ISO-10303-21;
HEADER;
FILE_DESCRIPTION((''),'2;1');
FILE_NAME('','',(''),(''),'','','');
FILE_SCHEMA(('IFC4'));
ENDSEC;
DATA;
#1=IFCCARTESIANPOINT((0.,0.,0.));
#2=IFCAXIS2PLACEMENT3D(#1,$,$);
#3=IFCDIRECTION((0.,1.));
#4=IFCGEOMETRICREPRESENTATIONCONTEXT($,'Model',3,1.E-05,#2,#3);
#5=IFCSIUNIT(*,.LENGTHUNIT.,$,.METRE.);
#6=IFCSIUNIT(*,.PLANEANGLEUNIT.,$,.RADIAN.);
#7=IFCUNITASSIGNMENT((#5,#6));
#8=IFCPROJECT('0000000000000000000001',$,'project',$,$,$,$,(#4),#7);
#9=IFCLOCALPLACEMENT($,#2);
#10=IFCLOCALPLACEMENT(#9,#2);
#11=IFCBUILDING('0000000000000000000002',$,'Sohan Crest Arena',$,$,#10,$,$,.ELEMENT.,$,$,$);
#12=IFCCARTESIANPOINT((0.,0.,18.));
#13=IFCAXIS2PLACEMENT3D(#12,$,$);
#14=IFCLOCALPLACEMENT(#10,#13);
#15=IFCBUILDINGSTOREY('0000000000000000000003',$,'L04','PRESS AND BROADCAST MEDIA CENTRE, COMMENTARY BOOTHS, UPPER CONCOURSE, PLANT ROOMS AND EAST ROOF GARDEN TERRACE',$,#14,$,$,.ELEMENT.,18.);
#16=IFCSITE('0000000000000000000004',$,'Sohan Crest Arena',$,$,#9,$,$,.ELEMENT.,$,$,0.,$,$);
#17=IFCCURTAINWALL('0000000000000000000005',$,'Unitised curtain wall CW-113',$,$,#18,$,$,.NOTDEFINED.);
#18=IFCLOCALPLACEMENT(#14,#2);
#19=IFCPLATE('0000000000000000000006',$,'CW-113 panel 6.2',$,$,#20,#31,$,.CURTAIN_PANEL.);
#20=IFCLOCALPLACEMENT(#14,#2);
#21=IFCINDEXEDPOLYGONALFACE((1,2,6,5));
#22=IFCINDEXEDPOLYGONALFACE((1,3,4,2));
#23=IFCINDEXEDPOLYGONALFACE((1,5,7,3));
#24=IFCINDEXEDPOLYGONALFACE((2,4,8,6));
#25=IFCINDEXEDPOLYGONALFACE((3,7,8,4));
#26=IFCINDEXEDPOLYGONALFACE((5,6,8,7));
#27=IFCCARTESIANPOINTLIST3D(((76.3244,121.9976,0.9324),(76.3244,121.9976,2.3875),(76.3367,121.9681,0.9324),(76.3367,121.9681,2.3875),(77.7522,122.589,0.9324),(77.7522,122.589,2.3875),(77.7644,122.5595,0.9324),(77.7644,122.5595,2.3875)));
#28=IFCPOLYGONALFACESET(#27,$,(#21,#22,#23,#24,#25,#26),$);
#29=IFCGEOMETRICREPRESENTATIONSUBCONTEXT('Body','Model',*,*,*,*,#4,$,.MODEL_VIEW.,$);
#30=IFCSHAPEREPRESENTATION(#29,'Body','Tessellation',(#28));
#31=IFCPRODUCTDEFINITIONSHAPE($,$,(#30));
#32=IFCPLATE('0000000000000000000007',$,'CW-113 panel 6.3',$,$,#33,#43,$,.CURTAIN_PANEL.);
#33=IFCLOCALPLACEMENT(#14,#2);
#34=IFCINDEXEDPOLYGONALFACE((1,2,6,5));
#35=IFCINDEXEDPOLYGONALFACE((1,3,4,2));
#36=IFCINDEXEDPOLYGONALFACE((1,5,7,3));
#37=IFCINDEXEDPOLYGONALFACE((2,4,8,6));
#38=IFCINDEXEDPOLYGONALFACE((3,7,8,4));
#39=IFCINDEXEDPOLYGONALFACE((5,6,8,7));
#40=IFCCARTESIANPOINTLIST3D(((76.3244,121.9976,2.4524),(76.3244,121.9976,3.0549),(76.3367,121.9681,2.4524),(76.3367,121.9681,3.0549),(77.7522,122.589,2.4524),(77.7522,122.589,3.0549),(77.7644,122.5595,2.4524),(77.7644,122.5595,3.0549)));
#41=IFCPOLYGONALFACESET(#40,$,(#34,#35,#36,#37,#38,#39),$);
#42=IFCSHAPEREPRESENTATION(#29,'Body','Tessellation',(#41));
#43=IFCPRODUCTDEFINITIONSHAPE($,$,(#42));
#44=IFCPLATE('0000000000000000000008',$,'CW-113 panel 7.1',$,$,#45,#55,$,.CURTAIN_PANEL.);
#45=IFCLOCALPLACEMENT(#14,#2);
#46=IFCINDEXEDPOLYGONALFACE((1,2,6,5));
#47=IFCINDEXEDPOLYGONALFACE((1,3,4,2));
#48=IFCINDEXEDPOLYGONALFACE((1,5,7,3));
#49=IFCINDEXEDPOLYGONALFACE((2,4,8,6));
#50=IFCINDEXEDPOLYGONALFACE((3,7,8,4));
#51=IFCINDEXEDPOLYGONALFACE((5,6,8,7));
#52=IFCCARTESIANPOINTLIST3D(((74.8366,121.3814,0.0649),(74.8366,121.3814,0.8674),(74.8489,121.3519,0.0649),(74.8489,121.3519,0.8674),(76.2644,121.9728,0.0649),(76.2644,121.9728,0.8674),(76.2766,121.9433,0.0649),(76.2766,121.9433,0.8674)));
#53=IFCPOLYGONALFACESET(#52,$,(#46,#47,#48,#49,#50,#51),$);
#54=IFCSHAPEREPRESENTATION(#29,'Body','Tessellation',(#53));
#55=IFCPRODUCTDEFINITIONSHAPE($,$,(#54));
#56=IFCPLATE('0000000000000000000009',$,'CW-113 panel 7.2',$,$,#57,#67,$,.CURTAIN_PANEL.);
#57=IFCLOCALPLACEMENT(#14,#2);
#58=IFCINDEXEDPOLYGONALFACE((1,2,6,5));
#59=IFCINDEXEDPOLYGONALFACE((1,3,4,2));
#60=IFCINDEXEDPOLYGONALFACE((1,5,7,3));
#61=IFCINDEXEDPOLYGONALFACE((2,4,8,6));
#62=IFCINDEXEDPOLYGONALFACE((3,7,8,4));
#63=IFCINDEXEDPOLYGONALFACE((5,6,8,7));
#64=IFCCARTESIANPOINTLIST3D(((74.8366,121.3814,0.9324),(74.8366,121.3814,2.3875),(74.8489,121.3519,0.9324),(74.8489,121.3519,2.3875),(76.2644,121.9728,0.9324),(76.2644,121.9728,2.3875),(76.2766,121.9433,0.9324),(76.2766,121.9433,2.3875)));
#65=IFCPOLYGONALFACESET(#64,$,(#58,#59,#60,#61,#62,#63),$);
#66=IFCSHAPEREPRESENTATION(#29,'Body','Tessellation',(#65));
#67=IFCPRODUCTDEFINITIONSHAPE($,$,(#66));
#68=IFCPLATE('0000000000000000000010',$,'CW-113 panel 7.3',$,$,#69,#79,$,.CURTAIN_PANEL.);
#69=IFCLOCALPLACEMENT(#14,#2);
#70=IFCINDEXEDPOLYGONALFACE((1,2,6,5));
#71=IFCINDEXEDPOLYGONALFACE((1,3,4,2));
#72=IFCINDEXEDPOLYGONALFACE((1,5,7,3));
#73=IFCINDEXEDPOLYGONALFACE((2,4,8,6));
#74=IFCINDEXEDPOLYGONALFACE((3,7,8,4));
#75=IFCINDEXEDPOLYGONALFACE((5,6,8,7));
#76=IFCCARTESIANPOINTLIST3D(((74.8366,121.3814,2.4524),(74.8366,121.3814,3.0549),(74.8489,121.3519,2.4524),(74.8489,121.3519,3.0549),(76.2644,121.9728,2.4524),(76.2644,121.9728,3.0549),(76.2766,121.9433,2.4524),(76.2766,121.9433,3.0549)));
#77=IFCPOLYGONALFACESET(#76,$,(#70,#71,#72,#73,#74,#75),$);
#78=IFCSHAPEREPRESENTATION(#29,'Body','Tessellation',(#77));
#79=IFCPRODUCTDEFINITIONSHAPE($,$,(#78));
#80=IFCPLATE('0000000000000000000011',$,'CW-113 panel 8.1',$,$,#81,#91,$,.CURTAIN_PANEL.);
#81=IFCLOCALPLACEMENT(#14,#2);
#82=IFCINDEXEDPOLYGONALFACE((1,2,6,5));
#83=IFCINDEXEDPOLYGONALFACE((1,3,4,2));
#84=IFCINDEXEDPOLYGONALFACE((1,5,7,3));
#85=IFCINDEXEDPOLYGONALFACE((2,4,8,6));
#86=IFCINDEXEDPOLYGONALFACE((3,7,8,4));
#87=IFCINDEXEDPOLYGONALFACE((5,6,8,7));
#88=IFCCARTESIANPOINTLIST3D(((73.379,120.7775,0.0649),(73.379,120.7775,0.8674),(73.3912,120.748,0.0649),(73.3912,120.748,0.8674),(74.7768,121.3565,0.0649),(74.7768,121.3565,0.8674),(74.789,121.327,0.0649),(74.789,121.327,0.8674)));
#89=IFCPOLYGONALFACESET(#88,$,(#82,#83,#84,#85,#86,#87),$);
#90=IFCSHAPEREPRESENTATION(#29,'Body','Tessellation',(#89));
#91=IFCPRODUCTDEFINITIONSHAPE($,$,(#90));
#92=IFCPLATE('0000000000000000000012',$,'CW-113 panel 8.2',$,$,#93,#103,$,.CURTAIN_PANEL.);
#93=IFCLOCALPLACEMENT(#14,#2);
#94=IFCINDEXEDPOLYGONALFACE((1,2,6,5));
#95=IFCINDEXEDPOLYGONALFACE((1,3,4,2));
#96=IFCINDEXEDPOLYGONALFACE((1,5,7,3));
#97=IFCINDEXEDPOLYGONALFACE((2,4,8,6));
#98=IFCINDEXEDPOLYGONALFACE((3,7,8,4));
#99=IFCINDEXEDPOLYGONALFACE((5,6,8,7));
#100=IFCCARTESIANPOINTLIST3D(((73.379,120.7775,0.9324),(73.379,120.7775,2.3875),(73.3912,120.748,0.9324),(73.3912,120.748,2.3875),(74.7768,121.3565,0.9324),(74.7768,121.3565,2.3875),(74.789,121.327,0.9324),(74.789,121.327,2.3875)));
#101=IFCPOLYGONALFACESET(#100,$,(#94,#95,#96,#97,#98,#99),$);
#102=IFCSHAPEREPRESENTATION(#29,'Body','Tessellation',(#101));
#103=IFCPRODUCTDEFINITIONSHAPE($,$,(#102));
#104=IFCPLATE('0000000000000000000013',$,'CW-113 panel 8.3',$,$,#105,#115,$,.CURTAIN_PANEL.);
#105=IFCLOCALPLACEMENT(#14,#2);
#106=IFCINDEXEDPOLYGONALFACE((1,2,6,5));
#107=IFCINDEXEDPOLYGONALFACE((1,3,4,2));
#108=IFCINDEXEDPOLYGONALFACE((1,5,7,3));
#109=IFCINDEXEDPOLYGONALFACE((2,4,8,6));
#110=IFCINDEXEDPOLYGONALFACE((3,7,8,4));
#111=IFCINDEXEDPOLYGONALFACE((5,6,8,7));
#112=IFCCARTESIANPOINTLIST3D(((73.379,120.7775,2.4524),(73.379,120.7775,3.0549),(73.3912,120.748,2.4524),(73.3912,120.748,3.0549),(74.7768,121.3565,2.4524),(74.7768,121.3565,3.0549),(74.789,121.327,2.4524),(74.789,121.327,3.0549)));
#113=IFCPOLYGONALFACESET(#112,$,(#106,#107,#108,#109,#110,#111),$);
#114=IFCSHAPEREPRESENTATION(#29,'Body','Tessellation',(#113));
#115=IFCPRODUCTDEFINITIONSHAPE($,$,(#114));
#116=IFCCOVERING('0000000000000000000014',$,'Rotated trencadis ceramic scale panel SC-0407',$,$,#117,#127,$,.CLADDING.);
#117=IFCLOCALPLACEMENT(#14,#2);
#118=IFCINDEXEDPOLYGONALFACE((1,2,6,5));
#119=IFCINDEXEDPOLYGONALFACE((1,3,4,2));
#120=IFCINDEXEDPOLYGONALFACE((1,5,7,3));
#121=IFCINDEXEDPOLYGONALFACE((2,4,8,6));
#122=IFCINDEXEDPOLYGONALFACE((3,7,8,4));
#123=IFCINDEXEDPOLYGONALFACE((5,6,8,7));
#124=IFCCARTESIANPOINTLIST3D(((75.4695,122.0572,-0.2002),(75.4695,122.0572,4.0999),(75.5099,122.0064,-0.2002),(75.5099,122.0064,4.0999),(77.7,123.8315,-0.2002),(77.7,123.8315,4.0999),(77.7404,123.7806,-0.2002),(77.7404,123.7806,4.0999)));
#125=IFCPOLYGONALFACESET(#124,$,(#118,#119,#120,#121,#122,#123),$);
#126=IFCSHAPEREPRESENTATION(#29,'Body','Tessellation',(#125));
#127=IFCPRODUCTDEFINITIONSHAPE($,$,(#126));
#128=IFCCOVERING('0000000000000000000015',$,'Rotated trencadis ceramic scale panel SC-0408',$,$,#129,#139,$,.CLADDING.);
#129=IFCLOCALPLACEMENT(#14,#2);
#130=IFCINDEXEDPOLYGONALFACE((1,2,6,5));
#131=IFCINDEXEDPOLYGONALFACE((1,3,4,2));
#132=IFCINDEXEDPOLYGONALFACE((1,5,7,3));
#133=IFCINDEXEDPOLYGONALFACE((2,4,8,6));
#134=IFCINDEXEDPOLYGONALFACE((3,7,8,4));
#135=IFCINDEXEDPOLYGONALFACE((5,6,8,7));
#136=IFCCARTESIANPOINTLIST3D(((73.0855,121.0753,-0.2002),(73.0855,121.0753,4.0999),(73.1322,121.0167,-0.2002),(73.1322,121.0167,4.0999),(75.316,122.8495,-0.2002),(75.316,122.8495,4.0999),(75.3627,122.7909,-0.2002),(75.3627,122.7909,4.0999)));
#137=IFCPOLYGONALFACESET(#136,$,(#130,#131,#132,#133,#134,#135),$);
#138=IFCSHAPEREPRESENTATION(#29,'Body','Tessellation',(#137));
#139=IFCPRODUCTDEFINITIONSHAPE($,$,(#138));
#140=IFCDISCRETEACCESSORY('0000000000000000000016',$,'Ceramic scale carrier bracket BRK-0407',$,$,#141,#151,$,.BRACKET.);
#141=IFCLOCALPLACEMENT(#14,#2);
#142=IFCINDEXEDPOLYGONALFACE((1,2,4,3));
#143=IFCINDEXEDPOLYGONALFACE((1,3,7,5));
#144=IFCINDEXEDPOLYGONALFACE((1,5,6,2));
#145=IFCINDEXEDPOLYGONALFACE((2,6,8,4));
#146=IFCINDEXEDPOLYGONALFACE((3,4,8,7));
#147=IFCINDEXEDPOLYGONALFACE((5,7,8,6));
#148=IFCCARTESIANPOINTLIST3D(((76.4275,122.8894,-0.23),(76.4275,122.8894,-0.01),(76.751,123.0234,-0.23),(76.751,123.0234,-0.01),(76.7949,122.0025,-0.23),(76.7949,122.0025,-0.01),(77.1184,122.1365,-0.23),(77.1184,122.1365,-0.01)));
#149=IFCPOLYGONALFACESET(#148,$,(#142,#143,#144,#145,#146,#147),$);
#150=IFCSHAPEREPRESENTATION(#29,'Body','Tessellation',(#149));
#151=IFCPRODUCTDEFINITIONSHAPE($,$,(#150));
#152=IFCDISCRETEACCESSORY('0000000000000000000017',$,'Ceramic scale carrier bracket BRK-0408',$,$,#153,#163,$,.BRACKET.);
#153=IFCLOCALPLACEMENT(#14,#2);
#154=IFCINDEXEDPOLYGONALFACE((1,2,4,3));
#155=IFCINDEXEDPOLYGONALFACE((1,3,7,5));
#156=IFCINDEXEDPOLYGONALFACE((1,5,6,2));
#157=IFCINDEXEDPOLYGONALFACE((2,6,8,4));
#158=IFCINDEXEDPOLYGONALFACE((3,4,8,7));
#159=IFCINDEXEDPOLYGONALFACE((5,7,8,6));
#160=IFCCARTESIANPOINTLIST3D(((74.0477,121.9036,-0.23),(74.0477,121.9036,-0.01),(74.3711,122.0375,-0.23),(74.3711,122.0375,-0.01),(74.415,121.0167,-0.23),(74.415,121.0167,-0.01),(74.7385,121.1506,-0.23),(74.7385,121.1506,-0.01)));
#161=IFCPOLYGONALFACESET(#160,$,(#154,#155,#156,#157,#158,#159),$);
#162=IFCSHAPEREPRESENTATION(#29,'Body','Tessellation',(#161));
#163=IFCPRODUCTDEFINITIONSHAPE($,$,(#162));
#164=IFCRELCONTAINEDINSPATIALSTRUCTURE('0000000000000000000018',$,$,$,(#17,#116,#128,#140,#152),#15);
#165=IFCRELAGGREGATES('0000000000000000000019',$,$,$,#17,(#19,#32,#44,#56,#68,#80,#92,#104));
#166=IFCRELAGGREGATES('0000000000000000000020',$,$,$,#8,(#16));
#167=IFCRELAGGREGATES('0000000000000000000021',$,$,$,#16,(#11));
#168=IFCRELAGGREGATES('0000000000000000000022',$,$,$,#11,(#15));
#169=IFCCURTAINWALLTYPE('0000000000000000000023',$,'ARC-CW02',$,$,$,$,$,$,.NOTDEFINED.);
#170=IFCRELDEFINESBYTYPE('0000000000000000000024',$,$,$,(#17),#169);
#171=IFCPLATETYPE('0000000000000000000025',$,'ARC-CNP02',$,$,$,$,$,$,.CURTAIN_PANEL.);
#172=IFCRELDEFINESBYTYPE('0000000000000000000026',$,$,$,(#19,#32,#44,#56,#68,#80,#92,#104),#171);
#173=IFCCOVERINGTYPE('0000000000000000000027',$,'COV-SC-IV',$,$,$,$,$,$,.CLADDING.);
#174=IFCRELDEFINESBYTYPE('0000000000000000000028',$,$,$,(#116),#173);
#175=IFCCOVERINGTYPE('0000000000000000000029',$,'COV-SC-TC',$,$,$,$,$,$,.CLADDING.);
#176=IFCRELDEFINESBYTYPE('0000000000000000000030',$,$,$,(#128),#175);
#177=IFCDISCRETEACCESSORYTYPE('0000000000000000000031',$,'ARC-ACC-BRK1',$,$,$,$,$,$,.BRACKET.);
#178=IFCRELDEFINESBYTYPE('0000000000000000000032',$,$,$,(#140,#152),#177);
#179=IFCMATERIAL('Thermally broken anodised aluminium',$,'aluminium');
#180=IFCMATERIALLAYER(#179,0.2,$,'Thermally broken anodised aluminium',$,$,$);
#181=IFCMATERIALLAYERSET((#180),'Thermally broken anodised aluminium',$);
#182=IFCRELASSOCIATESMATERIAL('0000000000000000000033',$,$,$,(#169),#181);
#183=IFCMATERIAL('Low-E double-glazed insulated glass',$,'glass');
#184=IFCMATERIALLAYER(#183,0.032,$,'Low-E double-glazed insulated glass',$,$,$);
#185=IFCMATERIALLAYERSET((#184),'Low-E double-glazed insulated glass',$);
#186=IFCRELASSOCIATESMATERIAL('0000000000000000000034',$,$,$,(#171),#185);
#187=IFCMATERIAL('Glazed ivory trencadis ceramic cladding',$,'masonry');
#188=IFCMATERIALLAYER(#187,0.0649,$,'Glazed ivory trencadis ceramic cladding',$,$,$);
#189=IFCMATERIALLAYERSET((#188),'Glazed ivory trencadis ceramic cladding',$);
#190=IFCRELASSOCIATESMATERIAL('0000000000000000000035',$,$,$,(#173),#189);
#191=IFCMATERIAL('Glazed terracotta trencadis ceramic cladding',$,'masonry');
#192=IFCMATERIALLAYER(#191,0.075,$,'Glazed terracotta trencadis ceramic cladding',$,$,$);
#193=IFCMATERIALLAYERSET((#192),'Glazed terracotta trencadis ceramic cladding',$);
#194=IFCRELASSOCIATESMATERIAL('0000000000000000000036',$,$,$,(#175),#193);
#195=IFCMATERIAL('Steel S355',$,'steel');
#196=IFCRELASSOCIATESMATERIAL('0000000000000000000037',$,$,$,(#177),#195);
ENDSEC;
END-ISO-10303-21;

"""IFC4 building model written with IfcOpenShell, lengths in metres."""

from ifc_helpers import new_model, si_unit, direction, frame, origin, origin_2d, place, context, subcontext, project, spatial, rectangle, extrude, material, layer, layer_set, type_object, element, aggregate, save


model = new_model("IFC4")

# Units and contexts
model_context = context("Model", 3, precision=1e-05, world=origin(), true_north=direction((0.0, 1.0)))
body_context = subcontext(model_context, "Body", "Model", "MODEL_VIEW")
ifc_project = project(units=[si_unit("LENGTHUNIT", "METRE"), si_unit("PLANEANGLEUNIT", "RADIAN")], contexts=[model_context])

# Site, building, storey
site_placement = place(None, origin())
site = spatial("IfcSite", under=ifc_project, at=site_placement, Name="Sohan Crest Arena", CompositionType="ELEMENT", RefElevation=0.0)
building_placement = place(site_placement, origin())
building = spatial("IfcBuilding", under=site, at=building_placement, Name="Sohan Crest Arena", CompositionType="ELEMENT")
storey_placement = place(building_placement, frame((0.0, 0.0, 18.0)))
storey = spatial("IfcBuildingStorey", under=building, at=storey_placement, Name="L04", Description="PRESS AND BROADCAST MEDIA CENTRE, COMMENTARY BOOTHS, UPPER CONCOURSE, PLANT ROOMS AND EAST ROOF GARDEN TERRACE", CompositionType="ELEMENT", Elevation=18.0)

# Curtain wall, plates
ifc_material_1 = material(Name="Thermally broken anodised aluminium", Category="aluminium")
ifc_layer_1 = layer(ifc_material_1, 0.2, Name="Thermally broken anodised aluminium")
ifc_layer_set_1 = layer_set([ifc_layer_1], Name="Thermally broken anodised aluminium")
curtain_wall_type = type_object("IfcCurtainWallType", Name="ARC-CW02", PredefinedType="NOTDEFINED", material=ifc_layer_set_1)
curtain_wall_placement = place(storey_placement, origin())
curtain_wall = element("IfcCurtainWall", 1, at=curtain_wall_placement, inside=storey, type_object=curtain_wall_type, Name="Unitised curtain wall CW-113", PredefinedType="NOTDEFINED")
ifc_material_2 = material(Name="Low-E double-glazed insulated glass", Category="glass")
ifc_layer_2 = layer(ifc_material_2, 0.032, Name="Low-E double-glazed insulated glass")
ifc_layer_set_2 = layer_set([ifc_layer_2], Name="Low-E double-glazed insulated glass")
plate_type = type_object("IfcPlateType", Name="ARC-CNP02", PredefinedType="CURTAIN_PANEL", material=ifc_layer_set_2)
plate_1_placement = place(storey_placement, frame((77.0444, 122.2786, 0.9324), z_axis=(0.0, 0.0, 1.0), x_axis=(-0.923879, -0.382685, 0.0)))
plate_1 = element("IfcPlate", 2, at=plate_1_placement, type_object=plate_type, Name="CW-113 panel 6.2", PredefinedType="CURTAIN_PANEL", context=body_context, shape_type="SweptSolid", body=[
    extrude(rectangle(XDim=1.5454, YDim=0.032, at=origin_2d()), origin(), (0.0, 0.0, 1.0), 1.4551),
])
plate_2_placement = place(storey_placement, frame((77.0444, 122.2786, 2.4524), z_axis=(0.0, 0.0, 1.0), x_axis=(-0.923879, -0.382685, 0.0)))
plate_2 = element("IfcPlate", 3, at=plate_2_placement, type_object=plate_type, Name="CW-113 panel 6.3", PredefinedType="CURTAIN_PANEL", context=body_context, shape_type="SweptSolid", body=[
    extrude(rectangle(XDim=1.5454, YDim=0.032, at=origin_2d()), origin(), (0.0, 0.0, 1.0), 0.6025),
])
plate_3_placement = place(storey_placement, frame((75.5566, 121.6624, 0.0649), z_axis=(0.0, 0.0, 1.0), x_axis=(-0.923879, -0.382685, 0.0)))
plate_3 = element("IfcPlate", 4, at=plate_3_placement, type_object=plate_type, Name="CW-113 panel 7.1", PredefinedType="CURTAIN_PANEL", context=body_context, shape_type="SweptSolid", body=[
    extrude(rectangle(XDim=1.5454, YDim=0.032, at=origin_2d()), origin(), (0.0, 0.0, 1.0), 0.8025),
])
plate_4_placement = place(storey_placement, frame((75.5566, 121.6624, 0.9324), z_axis=(0.0, 0.0, 1.0), x_axis=(-0.923879, -0.382685, 0.0)))
plate_4 = element("IfcPlate", 5, at=plate_4_placement, type_object=plate_type, Name="CW-113 panel 7.2", PredefinedType="CURTAIN_PANEL", context=body_context, shape_type="SweptSolid", body=[
    extrude(rectangle(XDim=1.5454, YDim=0.032, at=origin_2d()), origin(), (0.0, 0.0, 1.0), 1.4551),
])
plate_5_placement = place(storey_placement, frame((75.5566, 121.6624, 2.4524), z_axis=(0.0, 0.0, 1.0), x_axis=(-0.923879, -0.382685, 0.0)))
plate_5 = element("IfcPlate", 6, at=plate_5_placement, type_object=plate_type, Name="CW-113 panel 7.3", PredefinedType="CURTAIN_PANEL", context=body_context, shape_type="SweptSolid", body=[
    extrude(rectangle(XDim=1.5454, YDim=0.032, at=origin_2d()), origin(), (0.0, 0.0, 1.0), 0.6025),
])
plate_6_placement = place(storey_placement, frame((74.084, 121.0522, 0.0649), z_axis=(0.0, 0.0, 1.0), x_axis=(-0.923879, -0.382685, 0.0)))
plate_6 = element("IfcPlate", 7, at=plate_6_placement, type_object=plate_type, Name="CW-113 panel 8.1", PredefinedType="CURTAIN_PANEL", context=body_context, shape_type="SweptSolid", body=[
    extrude(rectangle(XDim=1.5129, YDim=0.032, at=origin_2d()), origin(), (0.0, 0.0, 1.0), 0.8025),
])
plate_7_placement = place(storey_placement, frame((74.084, 121.0522, 0.9324), z_axis=(0.0, 0.0, 1.0), x_axis=(-0.923879, -0.382685, 0.0)))
plate_7 = element("IfcPlate", 8, at=plate_7_placement, type_object=plate_type, Name="CW-113 panel 8.2", PredefinedType="CURTAIN_PANEL", context=body_context, shape_type="SweptSolid", body=[
    extrude(rectangle(XDim=1.5129, YDim=0.032, at=origin_2d()), origin(), (0.0, 0.0, 1.0), 1.4551),
])
plate_8_placement = place(storey_placement, frame((74.084, 121.0522, 2.4524), z_axis=(0.0, 0.0, 1.0), x_axis=(-0.923879, -0.382685, 0.0)))
plate_8 = element("IfcPlate", 9, at=plate_8_placement, type_object=plate_type, Name="CW-113 panel 8.3", PredefinedType="CURTAIN_PANEL", context=body_context, shape_type="SweptSolid", body=[
    extrude(rectangle(XDim=1.5129, YDim=0.032, at=origin_2d()), origin(), (0.0, 0.0, 1.0), 0.6025),
])
aggregate(curtain_wall, [plate_1, plate_2, plate_3, plate_4, plate_5, plate_6, plate_7, plate_8])

# Coverings
ifc_material_3 = material(Name="Glazed ivory trencadis ceramic cladding", Category="masonry")
ifc_layer_3 = layer(ifc_material_3, 0.0649, Name="Glazed ivory trencadis ceramic cladding")
ifc_layer_set_3 = layer_set([ifc_layer_3], Name="Glazed ivory trencadis ceramic cladding")
covering_type_1 = type_object("IfcCoveringType", Name="COV-SC-IV", PredefinedType="CLADDING", material=ifc_layer_set_3)
covering_1_placement = place(storey_placement, frame((76.605, 122.9189, -0.2002), z_axis=(0.0, 0.0, 1.0), x_axis=(-0.782608, -0.622515, 0.0)))
element("IfcCovering", 10, at=covering_1_placement, inside=storey, type_object=covering_type_1, Name="Rotated trencadis ceramic scale panel SC-0407", PredefinedType="CLADDING", context=body_context, shape_type="SweptSolid", body=[
    extrude(rectangle(XDim=2.8501, YDim=0.0649, at=origin_2d()), origin(), (0.0, 0.0, 1.0), 4.3),
])
ifc_material_4 = material(Name="Glazed terracotta trencadis ceramic cladding", Category="masonry")
ifc_layer_4 = layer(ifc_material_4, 0.075, Name="Glazed terracotta trencadis ceramic cladding")
ifc_layer_set_4 = layer_set([ifc_layer_4], Name="Glazed terracotta trencadis ceramic cladding")
covering_type_2 = type_object("IfcCoveringType", Name="COV-SC-TC", PredefinedType="CLADDING", material=ifc_layer_set_4)
covering_2_placement = place(storey_placement, frame((74.2241, 121.9331, -0.2002), z_axis=(0.0, 0.0, 1.0), x_axis=(-0.782608, -0.622515, 0.0)))
element("IfcCovering", 11, at=covering_2_placement, inside=storey, type_object=covering_type_2, Name="Rotated trencadis ceramic scale panel SC-0408", PredefinedType="CLADDING", context=body_context, shape_type="SweptSolid", body=[
    extrude(rectangle(XDim=2.8501, YDim=0.075, at=origin_2d()), origin(), (0.0, 0.0, 1.0), 4.3),
])

# Discrete accessories
ifc_material_5 = material(Name="Steel S355", Category="steel")
discrete_accessory_type = type_object("IfcDiscreteAccessoryType", Name="ARC-ACC-BRK1", PredefinedType="BRACKET", material=ifc_material_5)
for number, where, z_axis, x_axis, name in (
    (12, (76.7729, 122.5129, -0.23), (0.0, 0.0, 1.0), (-0.92388, -0.382683, 0.0), "Ceramic scale carrier bracket BRK-0407"),
    (13, (74.3931, 121.5271, -0.23), (0.0, 0.0, 1.0), (-0.92388, -0.382683, 0.0), "Ceramic scale carrier bracket BRK-0408"),
):
    element("IfcDiscreteAccessory", number, at=place(storey_placement, frame(where, z_axis=z_axis, x_axis=x_axis)), inside=storey, type_object=discrete_accessory_type, Name=name, PredefinedType="BRACKET", context=body_context, shape_type="SweptSolid", body=[
        extrude(rectangle(XDim=0.3501, YDim=0.96, at=origin_2d()), origin(), (0.0, 0.0, 1.0), 0.22),
    ])

save(model, "model.ifc")
